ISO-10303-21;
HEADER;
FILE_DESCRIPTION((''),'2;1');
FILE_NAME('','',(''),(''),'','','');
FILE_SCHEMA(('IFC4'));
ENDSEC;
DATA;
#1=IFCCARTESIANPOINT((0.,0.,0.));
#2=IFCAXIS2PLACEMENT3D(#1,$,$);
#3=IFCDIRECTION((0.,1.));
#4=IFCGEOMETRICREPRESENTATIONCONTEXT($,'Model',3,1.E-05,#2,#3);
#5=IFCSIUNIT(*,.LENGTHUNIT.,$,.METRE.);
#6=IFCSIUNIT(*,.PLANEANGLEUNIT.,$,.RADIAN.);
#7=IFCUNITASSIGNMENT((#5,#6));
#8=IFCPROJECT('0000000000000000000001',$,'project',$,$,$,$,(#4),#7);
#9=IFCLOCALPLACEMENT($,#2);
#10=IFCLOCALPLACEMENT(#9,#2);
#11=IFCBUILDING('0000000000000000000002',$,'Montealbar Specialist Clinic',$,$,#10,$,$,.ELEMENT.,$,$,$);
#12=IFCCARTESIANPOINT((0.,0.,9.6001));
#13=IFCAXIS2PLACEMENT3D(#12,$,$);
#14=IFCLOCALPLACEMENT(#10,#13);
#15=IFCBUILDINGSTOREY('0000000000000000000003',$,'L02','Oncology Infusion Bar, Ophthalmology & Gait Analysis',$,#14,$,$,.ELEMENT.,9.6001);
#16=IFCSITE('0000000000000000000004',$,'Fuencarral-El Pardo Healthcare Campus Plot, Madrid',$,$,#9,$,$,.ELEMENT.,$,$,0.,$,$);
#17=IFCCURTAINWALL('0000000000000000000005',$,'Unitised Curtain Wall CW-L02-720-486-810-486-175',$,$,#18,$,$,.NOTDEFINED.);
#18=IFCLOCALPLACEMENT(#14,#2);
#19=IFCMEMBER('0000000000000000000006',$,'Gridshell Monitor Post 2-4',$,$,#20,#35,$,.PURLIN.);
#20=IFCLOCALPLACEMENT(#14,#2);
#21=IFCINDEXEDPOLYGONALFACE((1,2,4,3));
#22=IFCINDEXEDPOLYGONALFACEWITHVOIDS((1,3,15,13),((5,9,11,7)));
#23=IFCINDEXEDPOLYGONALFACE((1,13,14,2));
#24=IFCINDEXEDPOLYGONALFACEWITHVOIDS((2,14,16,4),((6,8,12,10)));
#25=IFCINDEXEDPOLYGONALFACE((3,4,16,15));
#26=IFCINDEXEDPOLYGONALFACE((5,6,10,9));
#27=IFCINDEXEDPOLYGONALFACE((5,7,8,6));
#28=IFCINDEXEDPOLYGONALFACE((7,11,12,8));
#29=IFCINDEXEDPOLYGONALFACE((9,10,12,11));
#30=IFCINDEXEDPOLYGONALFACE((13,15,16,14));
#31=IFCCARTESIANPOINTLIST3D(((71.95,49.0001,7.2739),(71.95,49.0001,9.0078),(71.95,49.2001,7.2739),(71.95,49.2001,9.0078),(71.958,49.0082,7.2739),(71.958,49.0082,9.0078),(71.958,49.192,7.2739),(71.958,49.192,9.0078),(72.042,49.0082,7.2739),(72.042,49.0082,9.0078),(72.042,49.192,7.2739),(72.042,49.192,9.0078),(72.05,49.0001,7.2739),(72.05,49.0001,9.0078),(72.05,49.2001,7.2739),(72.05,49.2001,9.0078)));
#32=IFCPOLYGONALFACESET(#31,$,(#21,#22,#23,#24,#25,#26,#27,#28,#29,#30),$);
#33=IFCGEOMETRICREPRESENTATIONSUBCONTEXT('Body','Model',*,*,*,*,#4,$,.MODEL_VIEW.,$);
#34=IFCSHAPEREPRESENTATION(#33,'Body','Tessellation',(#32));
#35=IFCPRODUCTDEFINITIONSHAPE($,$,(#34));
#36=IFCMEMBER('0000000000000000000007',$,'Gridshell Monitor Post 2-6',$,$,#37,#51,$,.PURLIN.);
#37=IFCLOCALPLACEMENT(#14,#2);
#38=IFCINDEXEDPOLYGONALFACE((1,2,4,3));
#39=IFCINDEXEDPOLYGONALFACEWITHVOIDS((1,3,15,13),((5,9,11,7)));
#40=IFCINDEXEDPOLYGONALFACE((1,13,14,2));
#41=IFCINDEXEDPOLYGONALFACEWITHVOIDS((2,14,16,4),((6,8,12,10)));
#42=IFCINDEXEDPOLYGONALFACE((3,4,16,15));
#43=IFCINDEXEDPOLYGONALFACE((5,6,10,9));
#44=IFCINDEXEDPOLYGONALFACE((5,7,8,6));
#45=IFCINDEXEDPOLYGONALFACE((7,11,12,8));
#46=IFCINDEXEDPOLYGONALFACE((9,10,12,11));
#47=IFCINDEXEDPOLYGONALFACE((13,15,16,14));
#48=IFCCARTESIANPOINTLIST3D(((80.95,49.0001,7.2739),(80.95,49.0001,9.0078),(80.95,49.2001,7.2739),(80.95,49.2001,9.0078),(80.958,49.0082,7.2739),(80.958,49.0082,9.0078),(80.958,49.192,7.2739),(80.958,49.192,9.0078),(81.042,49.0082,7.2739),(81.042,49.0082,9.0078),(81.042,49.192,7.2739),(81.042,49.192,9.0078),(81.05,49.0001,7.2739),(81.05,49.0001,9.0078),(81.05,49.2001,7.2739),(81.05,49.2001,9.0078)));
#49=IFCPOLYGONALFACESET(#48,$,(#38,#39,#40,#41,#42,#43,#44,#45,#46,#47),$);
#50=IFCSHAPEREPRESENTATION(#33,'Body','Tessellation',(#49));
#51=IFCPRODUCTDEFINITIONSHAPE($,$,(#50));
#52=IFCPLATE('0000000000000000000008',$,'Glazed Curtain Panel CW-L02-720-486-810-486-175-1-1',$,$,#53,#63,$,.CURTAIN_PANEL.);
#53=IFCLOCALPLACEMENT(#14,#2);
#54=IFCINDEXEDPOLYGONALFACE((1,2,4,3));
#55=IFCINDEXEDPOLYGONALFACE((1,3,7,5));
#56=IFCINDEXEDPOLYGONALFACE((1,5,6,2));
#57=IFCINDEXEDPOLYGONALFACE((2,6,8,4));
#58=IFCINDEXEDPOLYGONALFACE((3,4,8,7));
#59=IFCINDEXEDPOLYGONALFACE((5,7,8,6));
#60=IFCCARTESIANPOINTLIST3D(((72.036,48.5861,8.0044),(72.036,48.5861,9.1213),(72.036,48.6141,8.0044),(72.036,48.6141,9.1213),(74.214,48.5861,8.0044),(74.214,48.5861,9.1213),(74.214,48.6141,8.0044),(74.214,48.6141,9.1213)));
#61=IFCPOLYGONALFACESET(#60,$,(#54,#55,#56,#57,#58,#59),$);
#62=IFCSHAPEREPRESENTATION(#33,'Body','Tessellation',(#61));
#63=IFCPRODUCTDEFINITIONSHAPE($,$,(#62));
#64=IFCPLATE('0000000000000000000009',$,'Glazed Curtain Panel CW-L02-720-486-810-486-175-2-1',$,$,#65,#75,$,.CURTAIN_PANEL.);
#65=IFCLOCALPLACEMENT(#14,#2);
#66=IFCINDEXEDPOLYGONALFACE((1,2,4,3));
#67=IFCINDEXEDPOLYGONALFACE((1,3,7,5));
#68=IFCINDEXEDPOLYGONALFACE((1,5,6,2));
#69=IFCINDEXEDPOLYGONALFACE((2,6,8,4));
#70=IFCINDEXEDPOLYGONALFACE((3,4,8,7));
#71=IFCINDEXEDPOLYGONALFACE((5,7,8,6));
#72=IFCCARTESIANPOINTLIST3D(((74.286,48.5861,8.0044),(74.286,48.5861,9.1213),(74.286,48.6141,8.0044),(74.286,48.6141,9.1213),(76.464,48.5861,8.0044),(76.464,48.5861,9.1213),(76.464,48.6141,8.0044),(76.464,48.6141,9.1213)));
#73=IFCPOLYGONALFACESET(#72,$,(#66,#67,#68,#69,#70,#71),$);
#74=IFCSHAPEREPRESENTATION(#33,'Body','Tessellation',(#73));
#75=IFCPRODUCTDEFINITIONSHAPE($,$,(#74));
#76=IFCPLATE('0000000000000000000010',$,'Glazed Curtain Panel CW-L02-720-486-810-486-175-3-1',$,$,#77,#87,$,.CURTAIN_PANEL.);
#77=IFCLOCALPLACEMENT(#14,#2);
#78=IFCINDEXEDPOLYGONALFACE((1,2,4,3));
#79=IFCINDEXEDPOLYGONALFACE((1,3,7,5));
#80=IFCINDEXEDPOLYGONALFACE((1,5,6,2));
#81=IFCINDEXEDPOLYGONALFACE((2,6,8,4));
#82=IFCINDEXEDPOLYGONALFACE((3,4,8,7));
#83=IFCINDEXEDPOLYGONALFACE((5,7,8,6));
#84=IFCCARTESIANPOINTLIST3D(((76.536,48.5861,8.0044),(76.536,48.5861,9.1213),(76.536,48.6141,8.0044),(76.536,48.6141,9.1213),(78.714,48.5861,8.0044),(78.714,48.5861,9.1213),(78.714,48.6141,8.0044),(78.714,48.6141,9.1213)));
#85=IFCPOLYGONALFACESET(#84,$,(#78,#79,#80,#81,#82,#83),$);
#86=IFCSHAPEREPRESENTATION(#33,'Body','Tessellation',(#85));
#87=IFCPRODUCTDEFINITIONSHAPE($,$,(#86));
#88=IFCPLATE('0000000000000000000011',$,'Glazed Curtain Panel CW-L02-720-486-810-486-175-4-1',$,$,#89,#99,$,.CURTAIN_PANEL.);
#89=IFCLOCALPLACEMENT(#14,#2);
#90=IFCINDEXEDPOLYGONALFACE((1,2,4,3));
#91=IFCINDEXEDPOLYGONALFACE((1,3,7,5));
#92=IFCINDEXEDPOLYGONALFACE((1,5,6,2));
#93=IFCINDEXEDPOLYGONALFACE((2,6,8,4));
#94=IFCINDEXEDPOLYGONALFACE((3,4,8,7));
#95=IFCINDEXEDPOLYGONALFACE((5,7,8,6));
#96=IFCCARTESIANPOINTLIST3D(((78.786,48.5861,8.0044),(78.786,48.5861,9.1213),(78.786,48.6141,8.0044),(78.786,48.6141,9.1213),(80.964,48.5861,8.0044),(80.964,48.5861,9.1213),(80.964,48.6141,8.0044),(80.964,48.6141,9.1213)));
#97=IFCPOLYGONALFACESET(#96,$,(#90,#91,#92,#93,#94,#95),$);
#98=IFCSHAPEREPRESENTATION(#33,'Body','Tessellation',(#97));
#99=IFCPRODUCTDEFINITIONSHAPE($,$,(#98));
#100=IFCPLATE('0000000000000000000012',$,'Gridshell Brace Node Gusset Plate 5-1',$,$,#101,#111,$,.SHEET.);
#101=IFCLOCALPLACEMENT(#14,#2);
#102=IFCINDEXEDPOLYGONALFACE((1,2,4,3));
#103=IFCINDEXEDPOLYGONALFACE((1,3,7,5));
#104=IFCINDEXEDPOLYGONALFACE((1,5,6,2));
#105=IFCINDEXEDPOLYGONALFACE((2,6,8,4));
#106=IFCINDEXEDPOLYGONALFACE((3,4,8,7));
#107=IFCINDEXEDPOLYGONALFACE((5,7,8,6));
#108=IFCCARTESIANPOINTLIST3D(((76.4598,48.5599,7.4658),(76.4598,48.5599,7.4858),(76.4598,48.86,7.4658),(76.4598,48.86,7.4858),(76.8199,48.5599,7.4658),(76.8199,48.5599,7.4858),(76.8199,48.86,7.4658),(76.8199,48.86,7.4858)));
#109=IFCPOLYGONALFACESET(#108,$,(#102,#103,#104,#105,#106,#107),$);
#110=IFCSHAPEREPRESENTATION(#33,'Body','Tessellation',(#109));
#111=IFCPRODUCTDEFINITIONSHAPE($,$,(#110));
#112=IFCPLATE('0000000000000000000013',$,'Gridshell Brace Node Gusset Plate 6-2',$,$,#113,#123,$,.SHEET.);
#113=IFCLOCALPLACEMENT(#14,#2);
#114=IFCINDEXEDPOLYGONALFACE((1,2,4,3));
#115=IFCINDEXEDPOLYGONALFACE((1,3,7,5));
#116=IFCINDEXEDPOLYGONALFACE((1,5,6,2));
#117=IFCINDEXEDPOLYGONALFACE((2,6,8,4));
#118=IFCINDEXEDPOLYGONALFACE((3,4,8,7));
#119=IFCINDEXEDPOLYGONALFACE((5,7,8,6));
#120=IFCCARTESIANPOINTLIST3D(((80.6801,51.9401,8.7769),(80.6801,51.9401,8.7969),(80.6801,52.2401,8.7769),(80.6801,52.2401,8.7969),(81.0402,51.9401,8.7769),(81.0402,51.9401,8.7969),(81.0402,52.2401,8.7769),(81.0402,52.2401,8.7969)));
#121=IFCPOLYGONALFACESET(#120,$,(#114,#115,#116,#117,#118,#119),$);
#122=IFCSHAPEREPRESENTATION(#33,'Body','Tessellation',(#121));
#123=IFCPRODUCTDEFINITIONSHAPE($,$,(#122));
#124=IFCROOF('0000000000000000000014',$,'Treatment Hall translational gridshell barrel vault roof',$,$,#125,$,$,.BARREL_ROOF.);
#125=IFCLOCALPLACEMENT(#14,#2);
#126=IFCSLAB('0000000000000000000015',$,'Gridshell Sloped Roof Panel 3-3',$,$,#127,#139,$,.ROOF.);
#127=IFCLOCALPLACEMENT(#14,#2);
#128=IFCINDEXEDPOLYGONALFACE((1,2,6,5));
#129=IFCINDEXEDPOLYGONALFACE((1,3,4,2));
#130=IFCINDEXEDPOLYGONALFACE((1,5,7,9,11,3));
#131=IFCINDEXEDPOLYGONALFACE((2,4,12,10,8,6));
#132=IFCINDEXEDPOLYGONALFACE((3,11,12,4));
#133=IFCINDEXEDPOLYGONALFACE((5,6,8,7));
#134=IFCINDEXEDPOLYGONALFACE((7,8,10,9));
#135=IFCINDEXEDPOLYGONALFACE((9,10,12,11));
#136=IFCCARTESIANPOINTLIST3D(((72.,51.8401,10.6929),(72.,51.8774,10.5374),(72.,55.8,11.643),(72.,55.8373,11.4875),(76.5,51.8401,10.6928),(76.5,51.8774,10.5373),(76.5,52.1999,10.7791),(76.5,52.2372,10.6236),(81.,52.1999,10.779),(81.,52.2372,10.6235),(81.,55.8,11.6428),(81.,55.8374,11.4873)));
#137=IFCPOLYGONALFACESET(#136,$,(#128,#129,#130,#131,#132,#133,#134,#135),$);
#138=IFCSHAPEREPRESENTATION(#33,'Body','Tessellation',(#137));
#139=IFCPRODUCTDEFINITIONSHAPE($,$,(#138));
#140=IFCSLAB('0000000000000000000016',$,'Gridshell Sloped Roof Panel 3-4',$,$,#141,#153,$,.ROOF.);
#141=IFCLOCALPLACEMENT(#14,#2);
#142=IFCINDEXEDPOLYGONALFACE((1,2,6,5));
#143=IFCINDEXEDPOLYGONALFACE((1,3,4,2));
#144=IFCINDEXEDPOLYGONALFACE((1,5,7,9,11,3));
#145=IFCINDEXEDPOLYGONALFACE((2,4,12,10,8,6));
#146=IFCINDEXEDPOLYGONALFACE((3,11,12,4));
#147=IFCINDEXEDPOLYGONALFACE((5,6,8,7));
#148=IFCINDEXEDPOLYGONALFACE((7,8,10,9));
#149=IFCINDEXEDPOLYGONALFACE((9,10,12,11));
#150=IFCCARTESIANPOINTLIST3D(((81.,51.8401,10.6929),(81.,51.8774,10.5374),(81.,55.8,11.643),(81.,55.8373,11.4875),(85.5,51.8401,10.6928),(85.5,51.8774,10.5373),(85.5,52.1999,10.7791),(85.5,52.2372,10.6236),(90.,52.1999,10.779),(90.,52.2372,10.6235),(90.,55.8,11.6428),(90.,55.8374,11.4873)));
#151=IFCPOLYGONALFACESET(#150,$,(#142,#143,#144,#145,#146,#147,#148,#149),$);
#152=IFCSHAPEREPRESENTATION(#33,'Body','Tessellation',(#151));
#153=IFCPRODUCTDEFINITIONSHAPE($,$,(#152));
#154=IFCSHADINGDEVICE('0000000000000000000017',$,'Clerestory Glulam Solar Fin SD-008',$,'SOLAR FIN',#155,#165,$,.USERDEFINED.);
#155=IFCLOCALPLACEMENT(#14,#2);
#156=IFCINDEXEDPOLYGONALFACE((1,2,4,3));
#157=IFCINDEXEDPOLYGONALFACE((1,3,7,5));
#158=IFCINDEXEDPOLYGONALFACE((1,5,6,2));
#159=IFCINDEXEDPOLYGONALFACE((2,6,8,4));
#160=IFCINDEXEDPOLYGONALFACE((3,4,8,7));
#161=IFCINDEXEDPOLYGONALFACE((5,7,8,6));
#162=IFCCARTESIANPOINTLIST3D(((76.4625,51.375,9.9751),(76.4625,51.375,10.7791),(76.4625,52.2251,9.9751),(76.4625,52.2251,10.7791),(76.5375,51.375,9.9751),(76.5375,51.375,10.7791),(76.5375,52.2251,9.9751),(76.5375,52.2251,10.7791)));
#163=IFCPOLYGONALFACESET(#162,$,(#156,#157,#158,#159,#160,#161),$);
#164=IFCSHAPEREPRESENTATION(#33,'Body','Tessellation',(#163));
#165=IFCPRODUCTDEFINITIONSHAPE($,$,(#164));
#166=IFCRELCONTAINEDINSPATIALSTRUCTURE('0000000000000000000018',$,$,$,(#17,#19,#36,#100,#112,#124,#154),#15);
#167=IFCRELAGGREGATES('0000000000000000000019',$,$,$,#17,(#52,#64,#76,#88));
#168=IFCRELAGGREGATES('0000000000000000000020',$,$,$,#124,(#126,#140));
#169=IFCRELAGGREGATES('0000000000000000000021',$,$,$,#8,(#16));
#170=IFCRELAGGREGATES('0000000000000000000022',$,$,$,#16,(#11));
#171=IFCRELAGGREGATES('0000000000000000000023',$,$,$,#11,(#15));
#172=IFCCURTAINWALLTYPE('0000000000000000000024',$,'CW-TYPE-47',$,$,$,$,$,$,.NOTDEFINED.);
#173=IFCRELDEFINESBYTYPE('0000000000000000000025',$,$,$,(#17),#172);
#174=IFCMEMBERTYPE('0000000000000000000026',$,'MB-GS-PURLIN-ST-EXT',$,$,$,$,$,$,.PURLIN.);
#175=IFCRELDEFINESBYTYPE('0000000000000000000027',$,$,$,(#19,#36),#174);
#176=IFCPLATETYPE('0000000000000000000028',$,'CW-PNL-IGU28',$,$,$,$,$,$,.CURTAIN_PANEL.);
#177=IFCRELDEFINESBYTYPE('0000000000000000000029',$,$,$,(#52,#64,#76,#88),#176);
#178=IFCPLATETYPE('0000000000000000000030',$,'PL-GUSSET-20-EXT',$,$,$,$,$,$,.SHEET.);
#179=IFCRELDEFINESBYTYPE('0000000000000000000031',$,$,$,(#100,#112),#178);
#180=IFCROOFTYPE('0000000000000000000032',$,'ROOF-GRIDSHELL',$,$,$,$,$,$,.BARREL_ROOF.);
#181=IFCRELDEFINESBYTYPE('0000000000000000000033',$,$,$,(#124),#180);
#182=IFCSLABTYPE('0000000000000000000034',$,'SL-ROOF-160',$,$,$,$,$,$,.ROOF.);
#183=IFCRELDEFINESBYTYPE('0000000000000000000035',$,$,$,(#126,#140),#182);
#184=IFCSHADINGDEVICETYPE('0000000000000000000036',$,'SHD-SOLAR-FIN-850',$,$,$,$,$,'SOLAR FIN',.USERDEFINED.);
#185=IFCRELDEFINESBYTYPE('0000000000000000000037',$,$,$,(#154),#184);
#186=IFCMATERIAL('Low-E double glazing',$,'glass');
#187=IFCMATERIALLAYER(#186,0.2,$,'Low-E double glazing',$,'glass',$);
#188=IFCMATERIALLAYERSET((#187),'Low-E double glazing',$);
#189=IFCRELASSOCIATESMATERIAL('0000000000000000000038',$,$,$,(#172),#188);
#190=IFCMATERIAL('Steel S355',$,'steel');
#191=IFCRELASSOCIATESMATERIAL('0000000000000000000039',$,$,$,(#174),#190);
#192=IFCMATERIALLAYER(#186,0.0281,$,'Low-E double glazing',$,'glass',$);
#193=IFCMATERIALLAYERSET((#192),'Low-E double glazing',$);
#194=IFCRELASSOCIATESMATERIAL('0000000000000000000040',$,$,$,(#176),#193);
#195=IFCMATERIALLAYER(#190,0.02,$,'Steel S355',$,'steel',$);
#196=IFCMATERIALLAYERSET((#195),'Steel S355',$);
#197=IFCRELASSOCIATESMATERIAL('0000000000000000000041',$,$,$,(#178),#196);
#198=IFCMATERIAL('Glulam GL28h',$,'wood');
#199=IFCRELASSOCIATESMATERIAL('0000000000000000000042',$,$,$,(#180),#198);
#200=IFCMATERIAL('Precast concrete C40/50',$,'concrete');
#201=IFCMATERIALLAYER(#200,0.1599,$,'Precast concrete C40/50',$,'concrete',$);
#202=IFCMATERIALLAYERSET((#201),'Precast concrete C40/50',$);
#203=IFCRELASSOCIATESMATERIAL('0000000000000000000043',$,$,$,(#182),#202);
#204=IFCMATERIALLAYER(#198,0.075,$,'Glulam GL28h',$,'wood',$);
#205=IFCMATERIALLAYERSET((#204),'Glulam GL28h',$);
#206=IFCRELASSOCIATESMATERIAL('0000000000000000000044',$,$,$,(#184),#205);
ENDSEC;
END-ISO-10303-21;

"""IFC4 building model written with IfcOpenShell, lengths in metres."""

from ifc_helpers import new_model, si_unit, direction, frame, origin, origin_2d, place, context, subcontext, project, spatial, polyline, rectangle, hollow_rectangle, outline, extrude, material, layer, layer_set, material_profile, profile_set, type_object, element, aggregate, save


model = new_model("IFC4")

# Units and contexts
model_context = context("Model", 3, precision=1e-05, world=origin(), true_north=direction((0.0, 1.0)))
body_context = subcontext(model_context, "Body", "Model", "MODEL_VIEW")
ifc_project = project(units=[si_unit("LENGTHUNIT", "METRE"), si_unit("PLANEANGLEUNIT", "RADIAN")], contexts=[model_context])

# Site, building, storey
site_placement = place(None, origin())
site = spatial("IfcSite", under=ifc_project, at=site_placement, Name="Fuencarral-El Pardo Healthcare Campus Plot, Madrid", CompositionType="ELEMENT", RefElevation=0.0)
building_placement = place(site_placement, origin())
building = spatial("IfcBuilding", under=site, at=building_placement, Name="Montealbar Specialist Clinic", CompositionType="ELEMENT")
storey_placement = place(building_placement, frame((0.0, 0.0, 9.6001)))
storey = spatial("IfcBuildingStorey", under=building, at=storey_placement, Name="L02", Description="Oncology Infusion Bar, Ophthalmology & Gait Analysis", CompositionType="ELEMENT", Elevation=9.6001)

# Shared definitions
ifc_material_1 = material(Name="Steel S355", Category="steel")
ifc_material_2 = material(Name="Glulam GL28h", Category="wood")

# Curtain wall
ifc_material_3 = material(Name="Low-E double glazing", Category="glass")
ifc_layer_1 = layer(ifc_material_3, 0.2, Name="Low-E double glazing", Category="glass")
ifc_layer_set_1 = layer_set([ifc_layer_1], Name="Low-E double glazing")
curtain_wall_type = type_object("IfcCurtainWallType", Name="CW-TYPE-47", PredefinedType="NOTDEFINED", material=ifc_layer_set_1)
curtain_wall_placement = place(storey_placement, origin())
curtain_wall = element("IfcCurtainWall", 1, at=curtain_wall_placement, inside=storey, type_object=curtain_wall_type, Name="Unitised Curtain Wall CW-L02-720-486-810-486-175", PredefinedType="NOTDEFINED")

# Members
ifc_material_profile_1 = material_profile(ifc_material_1, hollow_rectangle(XDim=0.1001, YDim=0.2, WallThickness=0.0081, at=origin_2d()), Name="RHS 200x100x8", Category="steel")
ifc_profile_set_1 = profile_set([ifc_material_profile_1], Name="Steel S355")
member_type_1 = type_object("IfcMemberType", Name="MB-GS-PURLIN-ST-EXT", PredefinedType="PURLIN", material=ifc_profile_set_1)
for number, where, z_axis, x_axis, name in (
    (2, (72.0, 49.1001, 7.2739), (0.0, 0.0, 1.0), (1.0, 0.0, 0.0), "Gridshell Monitor Post 2-4"),
    (3, (81.0, 49.1001, 7.2739), (0.0, 0.0, 1.0), (1.0, 0.0, 0.0), "Gridshell Monitor Post 2-6"),
):
    element("IfcMember", number, at=place(storey_placement, frame(where, z_axis=z_axis, x_axis=x_axis)), inside=storey, type_object=member_type_1, Name=name, PredefinedType="PURLIN", context=body_context, shape_type="SweptSolid", body=[
        extrude(hollow_rectangle(XDim=0.1001, YDim=0.2, WallThickness=0.0081, at=origin_2d()), origin(), (0.0, 0.0, 1.0), 1.7339),
    ])

# Plates
ifc_layer_2 = layer(ifc_material_3, 0.0281, Name="Low-E double glazing", Category="glass")
ifc_layer_set_2 = layer_set([ifc_layer_2], Name="Low-E double glazing")
plate_type_1 = type_object("IfcPlateType", Name="CW-PNL-IGU28", PredefinedType="CURTAIN_PANEL", material=ifc_layer_set_2)
plate_1_placement = place(storey_placement, frame((73.125, 48.6001, 8.0044), z_axis=(0.0, 0.0, 1.0), x_axis=(1.0, 0.0, 0.0)))
plate_1 = element("IfcPlate", 4, at=plate_1_placement, type_object=plate_type_1, Name="Glazed Curtain Panel CW-L02-720-486-810-486-175-1-1", PredefinedType="CURTAIN_PANEL", context=body_context, shape_type="SweptSolid", body=[
    extrude(rectangle(XDim=2.178, YDim=0.0281, at=origin_2d()), origin(), (0.0, 0.0, 1.0), 1.1169),
])
plate_2_placement = place(storey_placement, frame((75.375, 48.6001, 8.0044), z_axis=(0.0, 0.0, 1.0), x_axis=(1.0, 0.0, 0.0)))
plate_2 = element("IfcPlate", 5, at=plate_2_placement, type_object=plate_type_1, Name="Glazed Curtain Panel CW-L02-720-486-810-486-175-2-1", PredefinedType="CURTAIN_PANEL", context=body_context, shape_type="SweptSolid", body=[
    extrude(rectangle(XDim=2.178, YDim=0.0281, at=origin_2d()), origin(), (0.0, 0.0, 1.0), 1.1169),
])
plate_3_placement = place(storey_placement, frame((77.625, 48.6001, 8.0044), z_axis=(0.0, 0.0, 1.0), x_axis=(1.0, 0.0, 0.0)))
plate_3 = element("IfcPlate", 6, at=plate_3_placement, type_object=plate_type_1, Name="Glazed Curtain Panel CW-L02-720-486-810-486-175-3-1", PredefinedType="CURTAIN_PANEL", context=body_context, shape_type="SweptSolid", body=[
    extrude(rectangle(XDim=2.178, YDim=0.0281, at=origin_2d()), origin(), (0.0, 0.0, 1.0), 1.1169),
])
plate_4_placement = place(storey_placement, frame((79.875, 48.6001, 8.0044), z_axis=(0.0, 0.0, 1.0), x_axis=(1.0, 0.0, 0.0)))
plate_4 = element("IfcPlate", 7, at=plate_4_placement, type_object=plate_type_1, Name="Glazed Curtain Panel CW-L02-720-486-810-486-175-4-1", PredefinedType="CURTAIN_PANEL", context=body_context, shape_type="SweptSolid", body=[
    extrude(rectangle(XDim=2.178, YDim=0.0281, at=origin_2d()), origin(), (0.0, 0.0, 1.0), 1.1169),
])
aggregate(curtain_wall, [plate_1, plate_2, plate_3, plate_4])

# Plates
ifc_layer_3 = layer(ifc_material_1, 0.02, Name="Steel S355", Category="steel")
ifc_layer_set_3 = layer_set([ifc_layer_3], Name="Steel S355")
plate_type_2 = type_object("IfcPlateType", Name="PL-GUSSET-20-EXT", PredefinedType="SHEET", material=ifc_layer_set_3)
for number, where, z_axis, x_axis, name in (
    (8, (76.6399, 48.71, 7.4658), (0.0, 0.0, 1.0), (1.0, 0.0, 0.0), "Gridshell Brace Node Gusset Plate 5-1"),
    (9, (80.8601, 52.0901, 8.7769), (0.0, 0.0, 1.0), (1.0, 0.0, 0.0), "Gridshell Brace Node Gusset Plate 6-2"),
):
    element("IfcPlate", number, at=place(storey_placement, frame(where, z_axis=z_axis, x_axis=x_axis)), inside=storey, type_object=plate_type_2, Name=name, PredefinedType="SHEET", context=body_context, shape_type="SweptSolid", body=[
        extrude(rectangle(XDim=0.3601, YDim=0.3, at=origin_2d()), origin(), (0.0, 0.0, 1.0), 0.02),
    ])

# Roof, slabs
roof_type = type_object("IfcRoofType", Name="ROOF-GRIDSHELL", PredefinedType="BARREL_ROOF", material=ifc_material_2)
roof_placement = place(storey_placement, origin())
roof = element("IfcRoof", 10, at=roof_placement, inside=storey, type_object=roof_type, Name="Treatment Hall translational gridshell barrel vault roof", PredefinedType="BARREL_ROOF")
ifc_material_4 = material(Name="Precast concrete C40/50", Category="concrete")
ifc_layer_4 = layer(ifc_material_4, 0.1599, Name="Precast concrete C40/50", Category="concrete")
ifc_layer_set_4 = layer_set([ifc_layer_4], Name="Precast concrete C40/50")
slab_type = type_object("IfcSlabType", Name="SL-ROOF-160", PredefinedType="ROOF", material=ifc_layer_set_4)
slab_1_placement = place(storey_placement, frame((72.0, 51.8401, 10.6929), z_axis=(0.000022, -0.233318, 0.9724), x_axis=(1.0, 0.000005, -0.000021)))
slab_1 = element("IfcSlab", 11, at=slab_1_placement, type_object=slab_type, Name="Gridshell Sloped Roof Panel 3-3", PredefinedType="ROOF", context=body_context, shape_type="SweptSolid", body=[
    extrude(outline(polyline([(0.0, 0.0), (4.5, 0.0), (4.5, 0.37), (9.0, 0.37), (9.0, 4.0723), (0.0, 4.0723), (0.0, 0.0)])), origin(), (0.0, 0.0, -1.0), 0.1599),
])
slab_2_placement = place(storey_placement, frame((81.0, 51.8401, 10.6929), z_axis=(0.000022, -0.233318, 0.9724), x_axis=(1.0, 0.000005, -0.000021)))
slab_2 = element("IfcSlab", 12, at=slab_2_placement, type_object=slab_type, Name="Gridshell Sloped Roof Panel 3-4", PredefinedType="ROOF", context=body_context, shape_type="SweptSolid", body=[
    extrude(outline(polyline([(0.0, 0.0), (4.5, 0.0), (4.5, 0.37), (9.0, 0.37), (9.0, 4.0723), (0.0, 4.0723), (0.0, 0.0)])), origin(), (0.0, 0.0, -1.0), 0.1599),
])
aggregate(roof, [slab_1, slab_2])

# Shading device
ifc_layer_5 = layer(ifc_material_2, 0.075, Name="Glulam GL28h", Category="wood")
ifc_layer_set_5 = layer_set([ifc_layer_5], Name="Glulam GL28h")
shading_device_type = type_object("IfcShadingDeviceType", Name="SHD-SOLAR-FIN-850", ElementType="SOLAR FIN", PredefinedType="USERDEFINED", material=ifc_layer_set_5)
shading_device_placement = place(storey_placement, frame((76.5, 51.8, 9.9751), z_axis=(0.0, 0.0, 1.0), x_axis=(0.0, -1.0, 0.0)))
element("IfcShadingDevice", 13, at=shading_device_placement, inside=storey, type_object=shading_device_type, Name="Clerestory Glulam Solar Fin SD-008", ObjectType="SOLAR FIN", PredefinedType="USERDEFINED", context=body_context, shape_type="SweptSolid", body=[
    extrude(rectangle(XDim=0.8501, YDim=0.075, at=origin_2d()), origin(), (0.0, 0.0, 1.0), 0.804),
])

save(model, "model.ifc")
